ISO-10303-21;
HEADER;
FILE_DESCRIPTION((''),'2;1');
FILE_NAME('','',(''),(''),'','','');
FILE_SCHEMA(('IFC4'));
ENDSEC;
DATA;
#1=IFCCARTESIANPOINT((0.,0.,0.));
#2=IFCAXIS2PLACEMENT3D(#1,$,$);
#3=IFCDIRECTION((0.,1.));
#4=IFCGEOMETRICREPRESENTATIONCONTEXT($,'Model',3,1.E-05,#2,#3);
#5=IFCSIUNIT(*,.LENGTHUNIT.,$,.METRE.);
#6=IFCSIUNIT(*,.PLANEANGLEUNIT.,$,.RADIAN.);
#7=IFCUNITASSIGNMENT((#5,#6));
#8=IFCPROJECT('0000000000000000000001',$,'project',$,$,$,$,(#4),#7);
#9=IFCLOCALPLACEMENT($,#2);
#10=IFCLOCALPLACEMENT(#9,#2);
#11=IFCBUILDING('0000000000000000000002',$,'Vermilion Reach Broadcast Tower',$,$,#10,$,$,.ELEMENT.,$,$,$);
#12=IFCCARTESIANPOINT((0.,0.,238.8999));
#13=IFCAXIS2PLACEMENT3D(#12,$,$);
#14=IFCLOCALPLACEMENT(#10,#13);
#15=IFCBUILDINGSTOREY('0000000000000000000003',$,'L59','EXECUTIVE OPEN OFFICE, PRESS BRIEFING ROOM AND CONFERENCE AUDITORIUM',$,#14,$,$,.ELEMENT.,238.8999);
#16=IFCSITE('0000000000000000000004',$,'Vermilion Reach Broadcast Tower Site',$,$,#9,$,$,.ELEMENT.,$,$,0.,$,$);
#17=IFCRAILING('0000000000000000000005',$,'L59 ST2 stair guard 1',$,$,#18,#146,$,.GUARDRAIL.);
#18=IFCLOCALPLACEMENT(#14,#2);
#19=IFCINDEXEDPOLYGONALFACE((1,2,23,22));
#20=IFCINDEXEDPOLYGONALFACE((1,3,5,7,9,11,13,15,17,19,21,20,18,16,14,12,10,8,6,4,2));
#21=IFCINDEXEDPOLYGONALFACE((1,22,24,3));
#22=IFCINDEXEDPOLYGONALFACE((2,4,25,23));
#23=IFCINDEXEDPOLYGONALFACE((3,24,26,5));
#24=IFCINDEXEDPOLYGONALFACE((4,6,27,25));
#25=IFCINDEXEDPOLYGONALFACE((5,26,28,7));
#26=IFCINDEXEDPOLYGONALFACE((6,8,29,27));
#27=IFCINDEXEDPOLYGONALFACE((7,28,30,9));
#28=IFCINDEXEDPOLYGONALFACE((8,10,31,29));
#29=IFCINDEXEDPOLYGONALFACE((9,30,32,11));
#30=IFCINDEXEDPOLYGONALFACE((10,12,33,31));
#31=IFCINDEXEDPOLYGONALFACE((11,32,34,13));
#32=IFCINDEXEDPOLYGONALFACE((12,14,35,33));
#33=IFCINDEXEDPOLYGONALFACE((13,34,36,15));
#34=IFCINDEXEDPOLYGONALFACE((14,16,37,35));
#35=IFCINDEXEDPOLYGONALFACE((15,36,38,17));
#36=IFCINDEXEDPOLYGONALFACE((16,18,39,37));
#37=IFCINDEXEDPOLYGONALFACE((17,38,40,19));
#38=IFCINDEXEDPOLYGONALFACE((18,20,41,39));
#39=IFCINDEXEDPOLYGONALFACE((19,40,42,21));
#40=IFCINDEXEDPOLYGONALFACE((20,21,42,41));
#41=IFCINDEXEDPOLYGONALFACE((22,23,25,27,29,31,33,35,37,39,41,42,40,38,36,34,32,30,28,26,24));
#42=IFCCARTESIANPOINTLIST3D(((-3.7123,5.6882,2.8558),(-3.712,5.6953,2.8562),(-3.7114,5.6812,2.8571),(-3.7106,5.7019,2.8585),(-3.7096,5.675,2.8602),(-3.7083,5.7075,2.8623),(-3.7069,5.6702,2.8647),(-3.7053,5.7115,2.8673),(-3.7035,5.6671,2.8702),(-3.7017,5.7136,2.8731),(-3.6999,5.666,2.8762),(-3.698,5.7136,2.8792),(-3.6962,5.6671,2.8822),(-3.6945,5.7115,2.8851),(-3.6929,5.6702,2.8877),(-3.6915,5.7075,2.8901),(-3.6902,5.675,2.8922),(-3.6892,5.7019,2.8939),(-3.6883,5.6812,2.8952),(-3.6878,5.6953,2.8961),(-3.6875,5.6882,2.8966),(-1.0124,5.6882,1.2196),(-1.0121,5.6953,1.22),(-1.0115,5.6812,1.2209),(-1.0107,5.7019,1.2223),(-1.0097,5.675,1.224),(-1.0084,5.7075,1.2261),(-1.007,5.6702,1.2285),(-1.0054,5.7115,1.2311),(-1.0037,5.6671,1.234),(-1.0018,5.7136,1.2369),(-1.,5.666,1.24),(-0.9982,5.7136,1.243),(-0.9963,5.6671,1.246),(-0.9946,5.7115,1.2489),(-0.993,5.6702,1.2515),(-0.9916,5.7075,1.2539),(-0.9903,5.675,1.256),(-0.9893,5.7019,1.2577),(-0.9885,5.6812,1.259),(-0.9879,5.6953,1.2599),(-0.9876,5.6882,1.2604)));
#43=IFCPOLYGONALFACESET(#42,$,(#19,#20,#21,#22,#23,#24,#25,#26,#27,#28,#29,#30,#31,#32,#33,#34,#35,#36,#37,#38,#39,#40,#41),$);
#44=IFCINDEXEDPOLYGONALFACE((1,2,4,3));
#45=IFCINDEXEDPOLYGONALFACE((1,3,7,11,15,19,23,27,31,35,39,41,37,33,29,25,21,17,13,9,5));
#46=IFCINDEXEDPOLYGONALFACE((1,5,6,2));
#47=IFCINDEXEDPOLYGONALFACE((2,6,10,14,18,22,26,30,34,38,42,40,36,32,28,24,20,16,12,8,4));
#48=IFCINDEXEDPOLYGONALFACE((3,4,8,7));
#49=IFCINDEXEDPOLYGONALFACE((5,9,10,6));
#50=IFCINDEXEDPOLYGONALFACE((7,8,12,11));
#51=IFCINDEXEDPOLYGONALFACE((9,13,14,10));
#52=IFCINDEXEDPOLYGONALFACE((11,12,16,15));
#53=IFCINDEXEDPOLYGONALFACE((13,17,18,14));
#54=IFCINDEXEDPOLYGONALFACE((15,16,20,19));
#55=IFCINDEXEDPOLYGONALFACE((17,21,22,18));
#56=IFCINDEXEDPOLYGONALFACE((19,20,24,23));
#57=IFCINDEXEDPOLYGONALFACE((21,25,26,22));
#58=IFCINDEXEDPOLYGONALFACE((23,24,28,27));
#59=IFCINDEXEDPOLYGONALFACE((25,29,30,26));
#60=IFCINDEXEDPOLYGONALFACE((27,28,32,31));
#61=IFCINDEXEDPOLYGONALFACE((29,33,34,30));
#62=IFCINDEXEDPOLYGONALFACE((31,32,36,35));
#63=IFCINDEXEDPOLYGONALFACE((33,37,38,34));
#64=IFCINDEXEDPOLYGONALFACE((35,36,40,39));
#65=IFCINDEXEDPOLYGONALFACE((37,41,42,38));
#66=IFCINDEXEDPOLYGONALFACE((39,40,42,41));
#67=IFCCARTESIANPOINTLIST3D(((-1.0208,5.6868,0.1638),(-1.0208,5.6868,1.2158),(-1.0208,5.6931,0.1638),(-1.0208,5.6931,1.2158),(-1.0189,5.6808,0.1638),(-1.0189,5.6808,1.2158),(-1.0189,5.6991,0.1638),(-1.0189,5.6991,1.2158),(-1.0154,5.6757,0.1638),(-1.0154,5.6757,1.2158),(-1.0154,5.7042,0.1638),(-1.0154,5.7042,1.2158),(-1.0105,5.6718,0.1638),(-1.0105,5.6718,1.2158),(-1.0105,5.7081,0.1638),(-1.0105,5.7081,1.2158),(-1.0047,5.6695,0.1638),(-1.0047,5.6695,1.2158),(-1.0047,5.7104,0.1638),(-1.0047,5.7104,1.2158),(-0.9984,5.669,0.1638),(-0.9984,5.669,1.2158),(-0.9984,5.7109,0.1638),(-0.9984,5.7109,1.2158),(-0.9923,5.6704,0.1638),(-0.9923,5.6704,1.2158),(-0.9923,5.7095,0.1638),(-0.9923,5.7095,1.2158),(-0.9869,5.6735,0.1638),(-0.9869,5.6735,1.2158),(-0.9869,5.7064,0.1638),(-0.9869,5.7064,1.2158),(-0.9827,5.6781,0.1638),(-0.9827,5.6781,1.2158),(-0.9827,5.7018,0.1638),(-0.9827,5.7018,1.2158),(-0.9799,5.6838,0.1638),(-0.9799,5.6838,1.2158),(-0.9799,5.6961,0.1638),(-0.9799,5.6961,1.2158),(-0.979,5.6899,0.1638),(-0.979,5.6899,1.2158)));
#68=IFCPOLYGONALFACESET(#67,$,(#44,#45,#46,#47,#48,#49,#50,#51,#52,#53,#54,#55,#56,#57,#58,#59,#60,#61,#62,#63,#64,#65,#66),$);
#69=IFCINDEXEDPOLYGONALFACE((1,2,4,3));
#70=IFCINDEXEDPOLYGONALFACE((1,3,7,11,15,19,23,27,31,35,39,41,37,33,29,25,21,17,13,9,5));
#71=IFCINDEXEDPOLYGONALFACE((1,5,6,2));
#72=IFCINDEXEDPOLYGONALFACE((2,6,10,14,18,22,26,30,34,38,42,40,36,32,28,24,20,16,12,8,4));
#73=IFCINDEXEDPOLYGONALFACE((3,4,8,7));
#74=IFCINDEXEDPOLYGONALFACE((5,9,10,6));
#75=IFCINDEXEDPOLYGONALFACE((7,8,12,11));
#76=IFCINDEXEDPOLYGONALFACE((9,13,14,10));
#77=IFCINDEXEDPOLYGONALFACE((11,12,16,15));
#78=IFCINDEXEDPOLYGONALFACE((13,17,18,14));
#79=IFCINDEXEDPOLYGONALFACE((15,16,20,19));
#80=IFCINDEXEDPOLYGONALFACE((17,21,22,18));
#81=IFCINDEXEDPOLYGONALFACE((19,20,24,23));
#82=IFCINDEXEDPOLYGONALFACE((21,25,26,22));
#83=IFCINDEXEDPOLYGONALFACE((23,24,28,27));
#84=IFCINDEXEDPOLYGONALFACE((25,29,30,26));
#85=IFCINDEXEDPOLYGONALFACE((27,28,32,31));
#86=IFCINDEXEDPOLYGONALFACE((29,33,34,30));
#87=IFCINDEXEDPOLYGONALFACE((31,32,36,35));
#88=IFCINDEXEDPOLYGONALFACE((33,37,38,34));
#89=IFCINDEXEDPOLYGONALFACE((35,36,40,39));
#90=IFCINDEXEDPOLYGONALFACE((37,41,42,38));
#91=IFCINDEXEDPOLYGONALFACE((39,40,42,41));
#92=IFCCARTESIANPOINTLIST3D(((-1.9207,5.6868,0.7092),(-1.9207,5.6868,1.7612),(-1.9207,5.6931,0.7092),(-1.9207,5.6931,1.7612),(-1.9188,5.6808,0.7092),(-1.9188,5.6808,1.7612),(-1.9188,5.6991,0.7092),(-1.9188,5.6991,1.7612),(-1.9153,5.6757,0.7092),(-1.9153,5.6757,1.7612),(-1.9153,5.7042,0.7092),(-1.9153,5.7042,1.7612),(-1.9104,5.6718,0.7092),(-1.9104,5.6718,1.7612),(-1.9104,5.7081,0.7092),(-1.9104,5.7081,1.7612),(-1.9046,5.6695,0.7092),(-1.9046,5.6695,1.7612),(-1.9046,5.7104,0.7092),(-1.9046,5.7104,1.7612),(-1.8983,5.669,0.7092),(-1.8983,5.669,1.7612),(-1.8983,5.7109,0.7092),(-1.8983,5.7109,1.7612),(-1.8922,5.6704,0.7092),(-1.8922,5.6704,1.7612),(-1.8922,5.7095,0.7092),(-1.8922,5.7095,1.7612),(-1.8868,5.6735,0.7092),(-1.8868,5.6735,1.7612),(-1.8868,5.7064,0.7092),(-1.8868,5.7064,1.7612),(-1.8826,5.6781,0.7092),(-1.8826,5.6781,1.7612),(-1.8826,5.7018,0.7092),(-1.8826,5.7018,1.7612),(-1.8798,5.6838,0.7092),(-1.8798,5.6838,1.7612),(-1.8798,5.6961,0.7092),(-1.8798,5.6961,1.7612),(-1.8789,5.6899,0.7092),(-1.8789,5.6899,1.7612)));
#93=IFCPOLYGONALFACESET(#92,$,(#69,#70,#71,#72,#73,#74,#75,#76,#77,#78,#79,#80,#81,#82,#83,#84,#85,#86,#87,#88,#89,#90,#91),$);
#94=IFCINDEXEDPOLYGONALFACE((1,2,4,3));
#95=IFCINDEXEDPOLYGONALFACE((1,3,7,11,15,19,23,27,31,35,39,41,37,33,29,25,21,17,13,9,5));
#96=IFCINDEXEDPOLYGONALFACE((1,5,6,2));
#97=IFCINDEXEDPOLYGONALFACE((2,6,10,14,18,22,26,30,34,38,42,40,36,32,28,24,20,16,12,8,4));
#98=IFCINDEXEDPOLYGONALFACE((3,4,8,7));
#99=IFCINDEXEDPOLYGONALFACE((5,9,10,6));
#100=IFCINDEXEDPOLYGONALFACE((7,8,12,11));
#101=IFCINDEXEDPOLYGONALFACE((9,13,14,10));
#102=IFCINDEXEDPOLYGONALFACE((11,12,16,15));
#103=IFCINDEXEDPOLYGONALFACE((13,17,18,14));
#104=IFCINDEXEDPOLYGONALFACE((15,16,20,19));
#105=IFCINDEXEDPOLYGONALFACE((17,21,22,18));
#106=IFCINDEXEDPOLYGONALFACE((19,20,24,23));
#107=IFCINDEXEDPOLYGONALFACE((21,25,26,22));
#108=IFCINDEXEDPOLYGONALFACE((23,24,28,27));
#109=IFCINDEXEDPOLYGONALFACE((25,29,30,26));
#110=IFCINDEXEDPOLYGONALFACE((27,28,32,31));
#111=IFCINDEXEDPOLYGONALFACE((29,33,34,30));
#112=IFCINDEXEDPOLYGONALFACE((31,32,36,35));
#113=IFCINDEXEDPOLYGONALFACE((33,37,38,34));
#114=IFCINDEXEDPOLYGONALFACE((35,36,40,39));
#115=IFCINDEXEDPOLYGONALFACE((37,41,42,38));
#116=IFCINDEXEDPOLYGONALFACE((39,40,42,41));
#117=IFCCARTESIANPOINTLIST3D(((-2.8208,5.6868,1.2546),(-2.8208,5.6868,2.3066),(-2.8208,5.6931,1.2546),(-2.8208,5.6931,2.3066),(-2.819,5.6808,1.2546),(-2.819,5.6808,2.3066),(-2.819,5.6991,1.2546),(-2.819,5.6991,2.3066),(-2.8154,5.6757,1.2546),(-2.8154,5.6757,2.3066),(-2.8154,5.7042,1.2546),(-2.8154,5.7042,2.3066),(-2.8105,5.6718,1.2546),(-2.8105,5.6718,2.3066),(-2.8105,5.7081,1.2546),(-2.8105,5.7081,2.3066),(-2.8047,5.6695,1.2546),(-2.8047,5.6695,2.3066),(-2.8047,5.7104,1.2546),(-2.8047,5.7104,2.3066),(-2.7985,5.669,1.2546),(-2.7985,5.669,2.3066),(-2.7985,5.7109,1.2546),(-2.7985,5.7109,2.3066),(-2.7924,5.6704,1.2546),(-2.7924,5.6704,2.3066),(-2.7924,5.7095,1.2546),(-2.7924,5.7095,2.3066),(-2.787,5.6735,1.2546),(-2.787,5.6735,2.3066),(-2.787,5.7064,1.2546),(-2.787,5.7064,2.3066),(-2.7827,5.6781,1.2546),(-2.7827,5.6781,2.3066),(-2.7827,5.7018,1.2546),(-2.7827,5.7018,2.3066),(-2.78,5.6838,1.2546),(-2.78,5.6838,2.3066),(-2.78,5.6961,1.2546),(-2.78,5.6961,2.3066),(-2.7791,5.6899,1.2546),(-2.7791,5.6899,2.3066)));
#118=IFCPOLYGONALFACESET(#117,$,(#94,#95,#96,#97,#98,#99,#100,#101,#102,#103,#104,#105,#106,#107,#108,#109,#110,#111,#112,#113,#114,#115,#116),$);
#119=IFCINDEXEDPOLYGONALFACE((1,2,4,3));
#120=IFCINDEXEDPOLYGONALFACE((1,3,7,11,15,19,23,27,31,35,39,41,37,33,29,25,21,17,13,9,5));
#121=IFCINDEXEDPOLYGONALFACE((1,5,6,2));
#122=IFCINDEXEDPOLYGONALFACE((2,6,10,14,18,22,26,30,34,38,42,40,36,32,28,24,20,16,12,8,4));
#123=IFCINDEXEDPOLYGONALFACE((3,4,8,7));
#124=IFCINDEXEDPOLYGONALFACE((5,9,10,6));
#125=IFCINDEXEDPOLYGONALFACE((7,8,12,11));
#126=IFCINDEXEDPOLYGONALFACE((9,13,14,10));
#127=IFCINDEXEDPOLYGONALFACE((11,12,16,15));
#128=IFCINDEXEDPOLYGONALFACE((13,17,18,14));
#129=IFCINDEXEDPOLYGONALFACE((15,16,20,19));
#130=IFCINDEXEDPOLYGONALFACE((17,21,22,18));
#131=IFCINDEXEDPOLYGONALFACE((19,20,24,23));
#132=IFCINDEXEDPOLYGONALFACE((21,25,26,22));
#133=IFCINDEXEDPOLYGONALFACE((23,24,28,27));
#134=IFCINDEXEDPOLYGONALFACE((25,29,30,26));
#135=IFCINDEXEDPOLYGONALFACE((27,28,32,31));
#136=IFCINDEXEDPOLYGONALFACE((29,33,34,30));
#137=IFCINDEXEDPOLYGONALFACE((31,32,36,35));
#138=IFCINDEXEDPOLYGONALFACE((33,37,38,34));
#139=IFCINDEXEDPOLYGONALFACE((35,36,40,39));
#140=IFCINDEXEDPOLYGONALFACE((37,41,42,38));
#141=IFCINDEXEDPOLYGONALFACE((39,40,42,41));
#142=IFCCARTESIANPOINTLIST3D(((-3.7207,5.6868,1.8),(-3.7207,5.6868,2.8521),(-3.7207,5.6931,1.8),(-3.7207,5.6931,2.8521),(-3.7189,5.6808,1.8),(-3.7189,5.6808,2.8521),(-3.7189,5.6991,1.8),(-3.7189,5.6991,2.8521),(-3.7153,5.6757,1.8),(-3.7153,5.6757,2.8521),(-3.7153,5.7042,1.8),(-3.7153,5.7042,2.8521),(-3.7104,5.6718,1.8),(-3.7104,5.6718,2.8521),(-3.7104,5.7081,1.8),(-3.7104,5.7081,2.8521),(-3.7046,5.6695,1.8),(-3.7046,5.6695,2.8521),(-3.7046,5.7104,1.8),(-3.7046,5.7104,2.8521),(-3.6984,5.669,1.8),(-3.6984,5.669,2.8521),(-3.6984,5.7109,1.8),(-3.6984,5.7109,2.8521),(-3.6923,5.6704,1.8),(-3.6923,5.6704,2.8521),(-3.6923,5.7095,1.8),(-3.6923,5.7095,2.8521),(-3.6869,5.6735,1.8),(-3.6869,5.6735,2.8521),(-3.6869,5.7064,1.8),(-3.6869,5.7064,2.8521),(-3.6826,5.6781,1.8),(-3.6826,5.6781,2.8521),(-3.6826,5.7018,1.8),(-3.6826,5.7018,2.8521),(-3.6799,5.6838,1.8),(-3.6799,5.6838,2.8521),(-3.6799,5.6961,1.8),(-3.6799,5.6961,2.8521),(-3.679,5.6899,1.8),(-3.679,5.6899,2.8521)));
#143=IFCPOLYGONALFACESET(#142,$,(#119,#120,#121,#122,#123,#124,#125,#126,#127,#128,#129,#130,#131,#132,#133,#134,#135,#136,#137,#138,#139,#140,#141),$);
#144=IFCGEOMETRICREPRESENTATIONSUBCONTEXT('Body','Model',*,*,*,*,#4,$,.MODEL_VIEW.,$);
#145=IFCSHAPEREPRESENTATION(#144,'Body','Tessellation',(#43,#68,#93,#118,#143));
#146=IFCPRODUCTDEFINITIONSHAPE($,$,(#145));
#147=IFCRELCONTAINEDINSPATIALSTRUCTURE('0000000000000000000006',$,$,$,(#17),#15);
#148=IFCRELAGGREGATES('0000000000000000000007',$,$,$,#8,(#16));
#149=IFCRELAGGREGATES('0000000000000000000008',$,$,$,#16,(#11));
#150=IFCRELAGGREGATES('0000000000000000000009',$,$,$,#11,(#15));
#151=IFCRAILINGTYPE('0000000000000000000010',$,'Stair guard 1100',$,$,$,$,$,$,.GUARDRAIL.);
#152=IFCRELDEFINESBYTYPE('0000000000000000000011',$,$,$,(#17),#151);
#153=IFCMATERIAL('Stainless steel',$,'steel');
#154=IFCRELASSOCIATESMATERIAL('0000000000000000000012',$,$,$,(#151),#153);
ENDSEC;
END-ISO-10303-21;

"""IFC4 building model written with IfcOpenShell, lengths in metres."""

from ifc_helpers import new_model, si_unit, direction, frame, origin, origin_2d, place, context, subcontext, project, spatial, circle, extrude, material, type_object, element, save


model = new_model("IFC4")

# Units and contexts
model_context = context("Model", 3, precision=1e-05, world=origin(), true_north=direction((0.0, 1.0)))
body_context = subcontext(model_context, "Body", "Model", "MODEL_VIEW")
ifc_project = project(units=[si_unit("LENGTHUNIT", "METRE"), si_unit("PLANEANGLEUNIT", "RADIAN")], contexts=[model_context])

# Site, building, storey
site_placement = place(None, origin())
site = spatial("IfcSite", under=ifc_project, at=site_placement, Name="Vermilion Reach Broadcast Tower Site", CompositionType="ELEMENT", RefElevation=0.0)
building_placement = place(site_placement, origin())
building = spatial("IfcBuilding", under=site, at=building_placement, Name="Vermilion Reach Broadcast Tower", CompositionType="ELEMENT")
storey_placement = place(building_placement, frame((0.0, 0.0, 238.8999)))
storey = spatial("IfcBuildingStorey", under=building, at=storey_placement, Name="L59", Description="EXECUTIVE OPEN OFFICE, PRESS BRIEFING ROOM AND CONFERENCE AUDITORIUM", CompositionType="ELEMENT", Elevation=238.8999)

# Railing
ifc_material_1 = material(Name="Stainless steel", Category="steel")
railing_type_1 = type_object("IfcRailingType", Name="Stair guard 1100", PredefinedType="GUARDRAIL", material=ifc_material_1)
railing_1_placement = place(storey_placement, frame((-1.0, 5.6899, 0.1638)))
element("IfcRailing", 1, at=railing_1_placement, inside=storey, type_object=railing_type_1, Name="L59 ST2 stair guard 1", PredefinedType="GUARDRAIL", context=body_context, shape_type="SweptSolid", body=[
    extrude(circle(Radius=0.0239, at=origin_2d()), frame((0.0, 0.0, 1.0762), z_axis=(-0.855212, 0.0, 0.518278), x_axis=(0.0, -1.0, 0.0)), (0.0, 0.0, 1.0), 3.157),
    extrude(circle(Radius=0.021, at=origin_2d()), origin(), (0.0, 0.0, 1.0), 1.052),
    extrude(circle(Radius=0.021, at=origin_2d()), frame((-0.8999, 0.0, 0.5454)), (0.0, 0.0, 1.0), 1.052),
    extrude(circle(Radius=0.021, at=origin_2d()), frame((-1.8, 0.0, 1.0908)), (0.0, 0.0, 1.0), 1.052),
    extrude(circle(Radius=0.021, at=origin_2d()), frame((-2.7, 0.0, 1.6362)), (0.0, 0.0, 1.0), 1.052),
])

save(model, "model.ifc")
